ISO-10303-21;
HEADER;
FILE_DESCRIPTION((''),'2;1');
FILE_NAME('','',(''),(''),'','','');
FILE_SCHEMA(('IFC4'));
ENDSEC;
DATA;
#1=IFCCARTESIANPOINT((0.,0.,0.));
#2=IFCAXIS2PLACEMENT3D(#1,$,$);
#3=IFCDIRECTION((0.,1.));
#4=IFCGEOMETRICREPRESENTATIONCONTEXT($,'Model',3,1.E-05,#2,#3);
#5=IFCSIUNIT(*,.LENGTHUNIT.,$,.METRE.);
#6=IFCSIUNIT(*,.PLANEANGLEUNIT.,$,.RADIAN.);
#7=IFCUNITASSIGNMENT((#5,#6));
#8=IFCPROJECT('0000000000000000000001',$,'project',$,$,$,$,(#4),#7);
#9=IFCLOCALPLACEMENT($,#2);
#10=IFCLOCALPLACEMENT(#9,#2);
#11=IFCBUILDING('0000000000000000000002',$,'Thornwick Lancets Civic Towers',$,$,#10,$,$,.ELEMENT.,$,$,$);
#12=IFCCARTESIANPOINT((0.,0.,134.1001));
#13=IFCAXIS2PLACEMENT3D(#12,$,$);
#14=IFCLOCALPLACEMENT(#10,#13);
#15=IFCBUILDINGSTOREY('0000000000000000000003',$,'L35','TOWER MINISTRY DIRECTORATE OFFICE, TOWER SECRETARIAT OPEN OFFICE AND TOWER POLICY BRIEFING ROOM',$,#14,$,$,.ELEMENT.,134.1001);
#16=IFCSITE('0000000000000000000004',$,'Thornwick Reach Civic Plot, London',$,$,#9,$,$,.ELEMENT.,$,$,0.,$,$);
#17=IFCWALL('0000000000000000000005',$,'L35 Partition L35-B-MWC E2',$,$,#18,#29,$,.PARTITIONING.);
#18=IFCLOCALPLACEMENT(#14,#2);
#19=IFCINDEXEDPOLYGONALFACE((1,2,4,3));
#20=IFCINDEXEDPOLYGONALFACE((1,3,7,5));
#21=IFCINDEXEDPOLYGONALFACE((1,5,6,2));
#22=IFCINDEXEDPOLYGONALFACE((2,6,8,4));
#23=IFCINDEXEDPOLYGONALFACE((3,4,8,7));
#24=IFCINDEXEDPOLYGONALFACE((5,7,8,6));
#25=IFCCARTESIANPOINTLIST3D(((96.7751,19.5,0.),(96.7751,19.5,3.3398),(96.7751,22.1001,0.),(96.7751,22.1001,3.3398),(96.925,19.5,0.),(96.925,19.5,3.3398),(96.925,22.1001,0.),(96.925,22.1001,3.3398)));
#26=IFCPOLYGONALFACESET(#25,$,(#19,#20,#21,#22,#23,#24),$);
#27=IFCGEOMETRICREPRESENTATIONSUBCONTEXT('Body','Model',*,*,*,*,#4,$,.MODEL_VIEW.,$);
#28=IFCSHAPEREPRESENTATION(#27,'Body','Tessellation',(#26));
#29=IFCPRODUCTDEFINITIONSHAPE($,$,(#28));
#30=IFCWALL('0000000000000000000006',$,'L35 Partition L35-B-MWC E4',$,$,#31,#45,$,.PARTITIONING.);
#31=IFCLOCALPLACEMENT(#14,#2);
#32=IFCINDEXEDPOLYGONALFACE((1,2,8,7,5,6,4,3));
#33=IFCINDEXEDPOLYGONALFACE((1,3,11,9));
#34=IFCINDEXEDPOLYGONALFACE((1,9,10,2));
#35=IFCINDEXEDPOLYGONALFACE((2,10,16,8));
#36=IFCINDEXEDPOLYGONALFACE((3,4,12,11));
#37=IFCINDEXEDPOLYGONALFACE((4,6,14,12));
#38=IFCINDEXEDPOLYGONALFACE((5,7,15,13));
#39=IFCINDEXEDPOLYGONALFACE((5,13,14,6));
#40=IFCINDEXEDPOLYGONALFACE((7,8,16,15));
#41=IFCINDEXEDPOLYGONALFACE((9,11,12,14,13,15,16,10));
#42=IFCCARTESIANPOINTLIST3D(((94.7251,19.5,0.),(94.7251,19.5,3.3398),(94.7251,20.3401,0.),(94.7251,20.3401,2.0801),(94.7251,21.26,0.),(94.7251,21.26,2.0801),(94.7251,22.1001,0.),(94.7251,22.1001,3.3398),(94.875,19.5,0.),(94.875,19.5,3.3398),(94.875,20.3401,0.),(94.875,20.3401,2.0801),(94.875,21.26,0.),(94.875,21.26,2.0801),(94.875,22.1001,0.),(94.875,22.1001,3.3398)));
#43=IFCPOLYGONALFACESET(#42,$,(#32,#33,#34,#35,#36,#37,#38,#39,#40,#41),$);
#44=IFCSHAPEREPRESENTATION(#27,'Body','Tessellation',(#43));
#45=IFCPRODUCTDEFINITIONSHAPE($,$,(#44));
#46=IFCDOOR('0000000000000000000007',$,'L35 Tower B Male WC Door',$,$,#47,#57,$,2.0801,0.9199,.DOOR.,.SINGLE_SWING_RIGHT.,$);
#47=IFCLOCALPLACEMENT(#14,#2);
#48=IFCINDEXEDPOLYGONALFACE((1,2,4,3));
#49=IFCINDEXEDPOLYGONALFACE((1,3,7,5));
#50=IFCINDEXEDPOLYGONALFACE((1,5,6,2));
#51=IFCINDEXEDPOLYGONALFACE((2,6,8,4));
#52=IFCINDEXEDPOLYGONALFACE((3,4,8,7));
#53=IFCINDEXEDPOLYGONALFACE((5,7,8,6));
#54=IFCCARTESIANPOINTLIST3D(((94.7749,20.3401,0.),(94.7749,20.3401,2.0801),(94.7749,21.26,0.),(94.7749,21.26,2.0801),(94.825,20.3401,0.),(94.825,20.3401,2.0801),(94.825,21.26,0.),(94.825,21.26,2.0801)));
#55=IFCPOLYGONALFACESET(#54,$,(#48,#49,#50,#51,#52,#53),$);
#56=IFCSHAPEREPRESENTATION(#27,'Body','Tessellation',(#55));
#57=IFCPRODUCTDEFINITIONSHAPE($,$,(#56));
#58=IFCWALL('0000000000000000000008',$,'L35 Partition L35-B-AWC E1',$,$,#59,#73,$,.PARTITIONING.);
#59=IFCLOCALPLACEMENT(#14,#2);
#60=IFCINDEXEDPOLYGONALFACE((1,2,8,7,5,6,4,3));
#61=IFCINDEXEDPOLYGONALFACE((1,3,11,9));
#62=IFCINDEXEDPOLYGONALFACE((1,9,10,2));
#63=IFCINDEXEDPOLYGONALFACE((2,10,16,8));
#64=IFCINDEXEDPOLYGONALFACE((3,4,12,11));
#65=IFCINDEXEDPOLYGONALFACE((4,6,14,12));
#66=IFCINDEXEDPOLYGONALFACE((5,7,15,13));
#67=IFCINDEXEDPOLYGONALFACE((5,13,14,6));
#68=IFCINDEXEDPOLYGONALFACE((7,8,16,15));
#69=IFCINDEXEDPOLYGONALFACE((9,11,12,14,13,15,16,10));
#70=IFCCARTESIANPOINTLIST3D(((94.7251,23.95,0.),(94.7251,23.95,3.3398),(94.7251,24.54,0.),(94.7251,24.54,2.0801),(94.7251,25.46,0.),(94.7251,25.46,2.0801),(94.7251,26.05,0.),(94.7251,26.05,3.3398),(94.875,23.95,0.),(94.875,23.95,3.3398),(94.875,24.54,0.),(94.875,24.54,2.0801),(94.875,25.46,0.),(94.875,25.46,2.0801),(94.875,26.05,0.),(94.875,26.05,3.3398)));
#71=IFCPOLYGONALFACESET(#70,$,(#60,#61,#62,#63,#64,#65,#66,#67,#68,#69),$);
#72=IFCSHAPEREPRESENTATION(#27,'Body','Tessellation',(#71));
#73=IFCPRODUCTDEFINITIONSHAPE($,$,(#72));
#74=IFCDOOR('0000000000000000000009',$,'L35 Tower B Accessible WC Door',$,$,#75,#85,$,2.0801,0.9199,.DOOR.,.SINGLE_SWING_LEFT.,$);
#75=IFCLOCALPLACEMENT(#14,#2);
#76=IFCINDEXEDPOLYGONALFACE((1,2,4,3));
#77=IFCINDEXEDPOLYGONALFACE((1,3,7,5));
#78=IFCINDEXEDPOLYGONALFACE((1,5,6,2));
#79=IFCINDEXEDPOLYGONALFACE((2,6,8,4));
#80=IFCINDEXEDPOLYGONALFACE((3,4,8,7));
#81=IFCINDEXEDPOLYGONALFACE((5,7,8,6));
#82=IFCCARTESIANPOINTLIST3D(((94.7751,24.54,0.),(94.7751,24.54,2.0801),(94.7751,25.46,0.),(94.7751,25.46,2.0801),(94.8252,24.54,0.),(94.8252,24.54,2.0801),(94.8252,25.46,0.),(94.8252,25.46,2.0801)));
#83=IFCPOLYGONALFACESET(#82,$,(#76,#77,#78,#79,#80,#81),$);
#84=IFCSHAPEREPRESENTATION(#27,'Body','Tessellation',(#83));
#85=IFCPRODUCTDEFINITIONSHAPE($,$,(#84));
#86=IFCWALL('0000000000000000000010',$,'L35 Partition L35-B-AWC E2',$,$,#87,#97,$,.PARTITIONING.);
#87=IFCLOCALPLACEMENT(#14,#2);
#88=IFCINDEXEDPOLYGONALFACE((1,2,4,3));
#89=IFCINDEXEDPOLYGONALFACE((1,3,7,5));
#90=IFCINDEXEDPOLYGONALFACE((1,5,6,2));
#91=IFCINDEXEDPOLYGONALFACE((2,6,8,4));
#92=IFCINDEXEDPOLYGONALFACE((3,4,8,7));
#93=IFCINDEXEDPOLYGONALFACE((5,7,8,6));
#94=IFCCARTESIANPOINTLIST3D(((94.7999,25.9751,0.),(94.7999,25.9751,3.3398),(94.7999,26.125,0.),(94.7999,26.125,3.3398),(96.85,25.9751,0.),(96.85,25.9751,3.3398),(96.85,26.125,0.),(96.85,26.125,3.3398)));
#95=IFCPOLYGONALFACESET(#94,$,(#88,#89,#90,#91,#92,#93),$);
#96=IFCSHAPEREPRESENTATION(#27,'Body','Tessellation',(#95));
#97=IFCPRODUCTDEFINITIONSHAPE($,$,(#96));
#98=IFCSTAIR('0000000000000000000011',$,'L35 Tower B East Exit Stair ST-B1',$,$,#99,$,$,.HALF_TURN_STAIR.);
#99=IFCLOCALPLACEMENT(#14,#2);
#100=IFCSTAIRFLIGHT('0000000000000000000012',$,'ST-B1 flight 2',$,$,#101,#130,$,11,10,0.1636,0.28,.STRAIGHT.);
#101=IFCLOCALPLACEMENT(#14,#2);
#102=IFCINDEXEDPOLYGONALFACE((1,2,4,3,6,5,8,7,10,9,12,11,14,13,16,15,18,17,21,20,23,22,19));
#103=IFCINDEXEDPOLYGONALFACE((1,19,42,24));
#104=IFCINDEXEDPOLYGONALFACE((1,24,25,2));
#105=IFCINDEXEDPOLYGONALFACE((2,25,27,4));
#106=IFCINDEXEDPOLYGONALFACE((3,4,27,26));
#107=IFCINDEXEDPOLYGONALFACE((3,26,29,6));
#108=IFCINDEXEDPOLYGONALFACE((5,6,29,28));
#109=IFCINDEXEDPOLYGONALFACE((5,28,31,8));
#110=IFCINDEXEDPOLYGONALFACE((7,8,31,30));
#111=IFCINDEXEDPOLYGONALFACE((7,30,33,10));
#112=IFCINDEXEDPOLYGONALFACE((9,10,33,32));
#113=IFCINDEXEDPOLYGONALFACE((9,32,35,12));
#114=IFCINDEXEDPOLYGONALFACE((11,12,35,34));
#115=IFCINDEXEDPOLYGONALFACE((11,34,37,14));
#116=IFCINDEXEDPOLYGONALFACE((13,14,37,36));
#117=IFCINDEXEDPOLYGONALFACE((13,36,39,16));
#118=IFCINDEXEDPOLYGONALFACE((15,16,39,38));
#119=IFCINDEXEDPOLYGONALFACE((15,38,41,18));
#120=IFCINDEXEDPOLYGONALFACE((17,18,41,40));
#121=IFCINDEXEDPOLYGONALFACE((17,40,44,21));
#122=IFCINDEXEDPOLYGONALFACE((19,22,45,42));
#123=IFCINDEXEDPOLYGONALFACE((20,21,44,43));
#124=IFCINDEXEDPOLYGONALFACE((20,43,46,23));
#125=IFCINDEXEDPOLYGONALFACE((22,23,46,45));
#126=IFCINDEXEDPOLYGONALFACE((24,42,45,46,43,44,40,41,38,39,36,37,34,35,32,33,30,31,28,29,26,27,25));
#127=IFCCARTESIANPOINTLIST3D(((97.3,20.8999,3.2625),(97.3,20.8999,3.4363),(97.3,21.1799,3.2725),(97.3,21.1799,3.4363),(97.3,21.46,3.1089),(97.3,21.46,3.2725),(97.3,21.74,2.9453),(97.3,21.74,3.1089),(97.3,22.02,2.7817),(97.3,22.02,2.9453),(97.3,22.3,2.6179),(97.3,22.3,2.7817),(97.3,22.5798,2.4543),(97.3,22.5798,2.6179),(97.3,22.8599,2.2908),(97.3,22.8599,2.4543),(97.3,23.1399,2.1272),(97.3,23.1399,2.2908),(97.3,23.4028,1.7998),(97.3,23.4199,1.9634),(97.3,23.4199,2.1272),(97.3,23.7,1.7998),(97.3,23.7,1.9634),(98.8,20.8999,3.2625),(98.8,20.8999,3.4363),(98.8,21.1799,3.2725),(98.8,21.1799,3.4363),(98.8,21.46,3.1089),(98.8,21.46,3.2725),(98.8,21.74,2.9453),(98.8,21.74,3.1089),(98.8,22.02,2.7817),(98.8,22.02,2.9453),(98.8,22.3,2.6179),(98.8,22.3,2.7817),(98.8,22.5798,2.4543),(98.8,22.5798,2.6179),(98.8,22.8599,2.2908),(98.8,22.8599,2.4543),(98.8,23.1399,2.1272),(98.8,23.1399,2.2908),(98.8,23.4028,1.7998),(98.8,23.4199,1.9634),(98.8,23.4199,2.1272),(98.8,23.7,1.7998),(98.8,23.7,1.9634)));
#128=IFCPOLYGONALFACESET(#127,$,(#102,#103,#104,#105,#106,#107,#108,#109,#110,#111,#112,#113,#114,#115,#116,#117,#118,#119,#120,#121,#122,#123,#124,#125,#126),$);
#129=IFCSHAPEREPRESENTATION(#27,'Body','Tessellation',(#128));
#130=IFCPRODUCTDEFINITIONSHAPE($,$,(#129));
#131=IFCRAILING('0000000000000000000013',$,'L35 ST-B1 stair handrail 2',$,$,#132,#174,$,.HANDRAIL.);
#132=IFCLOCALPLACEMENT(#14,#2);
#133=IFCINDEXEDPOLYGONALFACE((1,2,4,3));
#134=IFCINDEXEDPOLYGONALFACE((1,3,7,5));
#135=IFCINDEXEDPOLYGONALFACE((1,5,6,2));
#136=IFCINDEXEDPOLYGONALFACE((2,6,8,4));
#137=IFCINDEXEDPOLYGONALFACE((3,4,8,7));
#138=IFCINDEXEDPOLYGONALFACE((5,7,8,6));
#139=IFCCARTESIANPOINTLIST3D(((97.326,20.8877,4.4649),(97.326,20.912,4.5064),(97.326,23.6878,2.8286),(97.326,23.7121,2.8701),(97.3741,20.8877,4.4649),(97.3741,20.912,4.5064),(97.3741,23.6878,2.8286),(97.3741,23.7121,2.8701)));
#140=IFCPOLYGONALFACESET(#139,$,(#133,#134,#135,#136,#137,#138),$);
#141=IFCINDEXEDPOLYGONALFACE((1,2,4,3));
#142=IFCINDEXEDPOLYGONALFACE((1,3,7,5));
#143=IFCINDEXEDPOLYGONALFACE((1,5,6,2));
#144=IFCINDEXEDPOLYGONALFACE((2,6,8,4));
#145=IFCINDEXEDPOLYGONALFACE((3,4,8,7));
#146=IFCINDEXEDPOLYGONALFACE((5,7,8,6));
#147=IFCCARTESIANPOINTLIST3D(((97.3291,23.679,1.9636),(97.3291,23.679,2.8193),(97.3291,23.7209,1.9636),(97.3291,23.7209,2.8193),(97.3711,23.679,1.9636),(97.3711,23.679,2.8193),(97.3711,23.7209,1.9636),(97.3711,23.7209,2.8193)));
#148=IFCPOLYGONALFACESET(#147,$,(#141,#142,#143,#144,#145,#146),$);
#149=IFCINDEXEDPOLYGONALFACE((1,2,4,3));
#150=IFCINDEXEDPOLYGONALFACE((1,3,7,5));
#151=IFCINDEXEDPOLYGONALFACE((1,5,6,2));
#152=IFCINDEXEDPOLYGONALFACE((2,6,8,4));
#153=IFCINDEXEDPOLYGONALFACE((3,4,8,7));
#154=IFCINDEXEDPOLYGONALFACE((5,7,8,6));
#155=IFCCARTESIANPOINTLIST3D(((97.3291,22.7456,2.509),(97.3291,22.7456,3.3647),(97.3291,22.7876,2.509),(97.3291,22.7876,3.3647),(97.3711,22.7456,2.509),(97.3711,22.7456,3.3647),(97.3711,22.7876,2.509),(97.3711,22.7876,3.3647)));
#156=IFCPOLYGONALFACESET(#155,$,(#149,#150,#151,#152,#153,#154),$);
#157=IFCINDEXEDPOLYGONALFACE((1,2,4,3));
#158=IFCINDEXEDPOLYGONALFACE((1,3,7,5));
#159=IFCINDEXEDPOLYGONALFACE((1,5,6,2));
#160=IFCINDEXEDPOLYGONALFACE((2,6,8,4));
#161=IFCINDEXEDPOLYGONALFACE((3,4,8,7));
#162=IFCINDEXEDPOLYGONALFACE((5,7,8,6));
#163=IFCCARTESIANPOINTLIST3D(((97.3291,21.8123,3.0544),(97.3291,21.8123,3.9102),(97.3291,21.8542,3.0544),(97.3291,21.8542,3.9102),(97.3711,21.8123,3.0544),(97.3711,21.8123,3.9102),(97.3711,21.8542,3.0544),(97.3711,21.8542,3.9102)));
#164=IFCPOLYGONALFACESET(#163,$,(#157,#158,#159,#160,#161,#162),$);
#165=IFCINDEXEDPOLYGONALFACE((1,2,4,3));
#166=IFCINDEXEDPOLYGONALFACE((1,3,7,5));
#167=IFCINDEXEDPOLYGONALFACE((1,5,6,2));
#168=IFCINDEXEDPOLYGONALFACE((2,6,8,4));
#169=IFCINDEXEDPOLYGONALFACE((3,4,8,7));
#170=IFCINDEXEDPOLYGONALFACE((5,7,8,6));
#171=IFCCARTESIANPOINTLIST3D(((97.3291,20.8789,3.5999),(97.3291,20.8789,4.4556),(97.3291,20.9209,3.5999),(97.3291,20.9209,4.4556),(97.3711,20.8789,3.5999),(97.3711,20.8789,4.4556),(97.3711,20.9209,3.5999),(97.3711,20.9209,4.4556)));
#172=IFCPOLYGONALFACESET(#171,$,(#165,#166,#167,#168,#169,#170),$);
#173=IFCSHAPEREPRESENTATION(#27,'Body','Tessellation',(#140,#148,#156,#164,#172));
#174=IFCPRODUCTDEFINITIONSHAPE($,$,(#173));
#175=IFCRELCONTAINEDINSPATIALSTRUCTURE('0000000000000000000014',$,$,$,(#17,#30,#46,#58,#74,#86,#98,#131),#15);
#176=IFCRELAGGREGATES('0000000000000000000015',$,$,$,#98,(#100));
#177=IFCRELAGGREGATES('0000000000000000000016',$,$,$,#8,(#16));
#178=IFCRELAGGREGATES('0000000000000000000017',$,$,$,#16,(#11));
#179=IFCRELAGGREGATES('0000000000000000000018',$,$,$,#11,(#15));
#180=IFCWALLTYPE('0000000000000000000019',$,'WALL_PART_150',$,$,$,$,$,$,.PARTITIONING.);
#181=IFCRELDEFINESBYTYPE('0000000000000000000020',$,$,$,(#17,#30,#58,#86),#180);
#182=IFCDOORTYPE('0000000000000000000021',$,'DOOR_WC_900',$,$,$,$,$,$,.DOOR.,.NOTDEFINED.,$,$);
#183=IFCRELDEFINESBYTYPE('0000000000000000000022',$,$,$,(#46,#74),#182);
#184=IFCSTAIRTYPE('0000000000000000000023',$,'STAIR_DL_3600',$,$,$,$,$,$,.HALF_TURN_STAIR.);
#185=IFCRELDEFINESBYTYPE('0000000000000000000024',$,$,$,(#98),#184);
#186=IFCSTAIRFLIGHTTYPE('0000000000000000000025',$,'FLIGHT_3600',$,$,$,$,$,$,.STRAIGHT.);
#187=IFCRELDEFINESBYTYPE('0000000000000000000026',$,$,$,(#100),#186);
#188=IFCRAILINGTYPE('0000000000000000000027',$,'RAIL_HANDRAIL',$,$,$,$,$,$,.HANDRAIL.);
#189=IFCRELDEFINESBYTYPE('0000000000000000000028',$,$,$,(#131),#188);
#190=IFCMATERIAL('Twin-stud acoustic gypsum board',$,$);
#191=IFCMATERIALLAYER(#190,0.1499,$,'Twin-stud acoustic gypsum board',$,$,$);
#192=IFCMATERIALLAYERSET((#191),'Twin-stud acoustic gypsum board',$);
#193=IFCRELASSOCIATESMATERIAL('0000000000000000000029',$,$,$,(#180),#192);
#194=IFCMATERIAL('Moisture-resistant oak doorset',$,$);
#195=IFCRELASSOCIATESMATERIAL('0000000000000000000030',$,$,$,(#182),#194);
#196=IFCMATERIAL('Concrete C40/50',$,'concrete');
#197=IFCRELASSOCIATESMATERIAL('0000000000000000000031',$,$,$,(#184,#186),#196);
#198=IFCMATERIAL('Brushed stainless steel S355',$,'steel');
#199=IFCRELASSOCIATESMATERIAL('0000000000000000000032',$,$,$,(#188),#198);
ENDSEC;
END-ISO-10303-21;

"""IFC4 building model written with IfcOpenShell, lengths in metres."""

from ifc_helpers import new_model, si_unit, direction, frame, frame_2d, origin, origin_2d, place, context, subcontext, project, spatial, polyline, rectangle, outline, extrude, material, layer, layer_set, type_object, element, fill, aggregate, save


model = new_model("IFC4")

# Units and contexts
model_context = context("Model", 3, precision=1e-05, world=origin(), true_north=direction((0.0, 1.0)))
body_context = subcontext(model_context, "Body", "Model", "MODEL_VIEW")
ifc_project = project(units=[si_unit("LENGTHUNIT", "METRE"), si_unit("PLANEANGLEUNIT", "RADIAN")], contexts=[model_context])

# Site, building, storey
site_placement = place(None, origin())
site = spatial("IfcSite", under=ifc_project, at=site_placement, Name="Thornwick Reach Civic Plot, London", CompositionType="ELEMENT", RefElevation=0.0)
building_placement = place(site_placement, origin())
building = spatial("IfcBuilding", under=site, at=building_placement, Name="Thornwick Lancets Civic Towers", CompositionType="ELEMENT")
storey_placement = place(building_placement, frame((0.0, 0.0, 134.1001)))
storey = spatial("IfcBuildingStorey", under=building, at=storey_placement, Name="L35", Description="TOWER MINISTRY DIRECTORATE OFFICE, TOWER SECRETARIAT OPEN OFFICE AND TOWER POLICY BRIEFING ROOM", CompositionType="ELEMENT", Elevation=134.1001)

# Wall
ifc_material_1 = material(Name="Twin-stud acoustic gypsum board")
ifc_layer_1 = layer(ifc_material_1, 0.1499, Name="Twin-stud acoustic gypsum board")
ifc_layer_set_1 = layer_set([ifc_layer_1], Name="Twin-stud acoustic gypsum board")
wall_type_1 = type_object("IfcWallType", Name="WALL_PART_150", PredefinedType="PARTITIONING", material=ifc_layer_set_1)
wall_1_placement = place(storey_placement, frame((96.8501, 19.5, 0.0), z_axis=(0.0, 0.0, 1.0), x_axis=(0.0, 1.0, 0.0)))
element("IfcWall", 1, at=wall_1_placement, inside=storey, type_object=wall_type_1, Name="L35 Partition L35-B-MWC E2", PredefinedType="PARTITIONING", context=body_context, shape_type="SweptSolid", body=[
    extrude(rectangle(XDim=2.6001, YDim=0.1499, at=frame_2d((1.3, 0.0))), origin(), (0.0, 0.0, 1.0), 3.3398),
])

# Walls, openings, doors
wall_2_placement = place(storey_placement, frame((94.8, 22.1001, 0.0), z_axis=(0.0, 0.0, 1.0), x_axis=(0.0, -1.0, 0.0)))
wall_2 = element("IfcWall", 2, at=wall_2_placement, inside=storey, type_object=wall_type_1, Name="L35 Partition L35-B-MWC E4", PredefinedType="PARTITIONING", context=body_context, shape_type="SweptSolid", body=[
    extrude(rectangle(XDim=2.6001, YDim=0.1499, at=frame_2d((1.3, 0.0))), origin(), (0.0, 0.0, 1.0), 3.3398),
])
opening_1_placement = place(wall_2_placement, frame((0.8401, 0.0, 0.0)))
opening_1 = element("IfcOpeningElement", 3, at=opening_1_placement, cuts=wall_2, PredefinedType="OPENING", context=body_context, shape_type="SweptSolid", body=[
    extrude(rectangle(XDim=0.9199, YDim=2.0801, at=frame_2d((0.46, 1.04))), frame((0.0, 0.085, 0.0), z_axis=(0.0, -1.0, 0.0), x_axis=(1.0, 0.0, 0.0)), (0.0, 0.0, 1.0), 0.1699),
])
ifc_material_2 = material(Name="Moisture-resistant oak doorset")
door_type_1 = type_object("IfcDoorType", Name="DOOR_WC_900", OperationType="NOTDEFINED", PredefinedType="DOOR", material=ifc_material_2)
door_1_placement = place(opening_1_placement, origin())
door_1 = element("IfcDoor", 4, at=door_1_placement, inside=storey, type_object=door_type_1, Name="L35 Tower B Male WC Door", OperationType="SINGLE_SWING_RIGHT", OverallHeight=2.0801, OverallWidth=0.9199, PredefinedType="DOOR", context=body_context, shape_type="SweptSolid", body=[
    extrude(rectangle(XDim=0.9199, YDim=2.0801, at=frame_2d((0.46, 1.04))), frame((0.0, 0.0249, 0.0), z_axis=(0.0, -1.0, 0.0), x_axis=(1.0, 0.0, 0.0)), (0.0, 0.0, 1.0), 0.05),
])
fill(opening_1, door_1)
wall_3_placement = place(storey_placement, frame((94.8, 23.95, 0.0), z_axis=(0.0, 0.0, 1.0), x_axis=(0.0, 1.0, 0.0)))
wall_3 = element("IfcWall", 5, at=wall_3_placement, inside=storey, type_object=wall_type_1, Name="L35 Partition L35-B-AWC E1", PredefinedType="PARTITIONING", context=body_context, shape_type="SweptSolid", body=[
    extrude(rectangle(XDim=2.1001, YDim=0.1499, at=frame_2d((1.05, 0.0))), origin(), (0.0, 0.0, 1.0), 3.3398),
])
opening_2_placement = place(wall_3_placement, frame((0.5901, 0.0, 0.0)))
opening_2 = element("IfcOpeningElement", 6, at=opening_2_placement, cuts=wall_3, PredefinedType="OPENING", context=body_context, shape_type="SweptSolid", body=[
    extrude(rectangle(XDim=0.9199, YDim=2.0801, at=frame_2d((0.46, 1.04))), frame((0.0, 0.085, 0.0), z_axis=(0.0, -1.0, 0.0), x_axis=(1.0, 0.0, 0.0)), (0.0, 0.0, 1.0), 0.1699),
])
door_2_placement = place(opening_2_placement, origin())
door_2 = element("IfcDoor", 7, at=door_2_placement, inside=storey, type_object=door_type_1, Name="L35 Tower B Accessible WC Door", OperationType="SINGLE_SWING_LEFT", OverallHeight=2.0801, OverallWidth=0.9199, PredefinedType="DOOR", context=body_context, shape_type="SweptSolid", body=[
    extrude(rectangle(XDim=0.9199, YDim=2.0801, at=frame_2d((0.46, 1.04))), frame((0.0, 0.0249, 0.0), z_axis=(0.0, -1.0, 0.0), x_axis=(1.0, 0.0, 0.0)), (0.0, 0.0, 1.0), 0.05),
])
fill(opening_2, door_2)

# Wall
wall_4_placement = place(storey_placement, frame((94.8, 26.05, 0.0), z_axis=(0.0, 0.0, 1.0), x_axis=(1.0, 0.0, 0.0)))
element("IfcWall", 8, at=wall_4_placement, inside=storey, type_object=wall_type_1, Name="L35 Partition L35-B-AWC E2", PredefinedType="PARTITIONING", context=body_context, shape_type="SweptSolid", body=[
    extrude(rectangle(XDim=2.05, YDim=0.1499, at=frame_2d((1.0249, 0.0))), origin(), (0.0, 0.0, 1.0), 3.3398),
])

# Stair, stair flight
ifc_material_3 = material(Name="Concrete C40/50", Category="concrete")
stair_type = type_object("IfcStairType", Name="STAIR_DL_3600", PredefinedType="HALF_TURN_STAIR", material=ifc_material_3)
stair_placement = place(storey_placement, origin())
stair = element("IfcStair", 9, at=stair_placement, inside=storey, type_object=stair_type, Name="L35 Tower B East Exit Stair ST-B1", PredefinedType="HALF_TURN_STAIR")
stair_flight_type = type_object("IfcStairFlightType", Name="FLIGHT_3600", PredefinedType="STRAIGHT", material=ifc_material_3)
stair_flight_placement = place(storey_placement, frame((98.05, 23.7, 1.7998), z_axis=(0.0, 0.0, 1.0), x_axis=(0.0, -1.0, 0.0)))
stair_flight = element("IfcStairFlight", 10, at=stair_flight_placement, type_object=stair_flight_type, Name="ST-B1 flight 2", NumberOfRisers=11, NumberOfTreads=10, PredefinedType="STRAIGHT", RiserHeight=0.1636, TreadLength=0.28, context=body_context, shape_type="SweptSolid", body=[
    extrude(outline(polyline([(0.0, 0.0), (0.0, 0.1636), (0.28, 0.1636), (0.28, 0.3274), (0.5601, 0.3274), (0.5601, 0.491), (0.8401, 0.491), (0.8401, 0.6545), (1.1201, 0.6545), (1.1201, 0.8181), (1.3999, 0.8181), (1.3999, 0.9819), (1.6799, 0.9819), (1.6799, 1.1455), (1.96, 1.1455), (1.96, 1.3091), (2.24, 1.3091), (2.24, 1.4727), (2.52, 1.4727), (2.52, 1.6365), (2.8, 1.6365), (2.8, 1.8), (2.8, 1.4626), (0.2971, 0.0), (0.0, 0.0)])), frame((0.0, 0.75, 0.0), z_axis=(0.0, -1.0, 0.0), x_axis=(1.0, 0.0, 0.0)), (0.0, 0.0, 1.0), 1.5),
])
aggregate(stair, [stair_flight])

# Railing
ifc_material_4 = material(Name="Brushed stainless steel S355", Category="steel")
railing_type_1 = type_object("IfcRailingType", Name="RAIL_HANDRAIL", PredefinedType="HANDRAIL", material=ifc_material_4)
railing_1_placement = place(storey_placement, frame((97.3501, 23.7, 1.9636)))
element("IfcRailing", 11, at=railing_1_placement, inside=storey, type_object=railing_type_1, Name="L35 ST-B1 stair handrail 2", PredefinedType="HANDRAIL", context=body_context, shape_type="SweptSolid", body=[
    extrude(rectangle(XDim=0.0481, YDim=0.0481, at=origin_2d()), frame((0.0, 0.0, 0.8857), z_axis=(0.0, -0.863394, 0.504531), x_axis=(1.0, 0.0, 0.0)), (0.0, 0.0, 1.0), 3.2432),
    extrude(rectangle(XDim=0.042, YDim=0.042, at=origin_2d()), origin(), (0.0, 0.0, 1.0), 0.8557),
    extrude(rectangle(XDim=0.042, YDim=0.042, at=origin_2d()), frame((0.0, -0.9333, 0.5454)), (0.0, 0.0, 1.0), 0.8557),
    extrude(rectangle(XDim=0.042, YDim=0.042, at=origin_2d()), frame((0.0, -1.8667, 1.0908)), (0.0, 0.0, 1.0), 0.8557),
    extrude(rectangle(XDim=0.042, YDim=0.042, at=origin_2d()), frame((0.0, -2.8, 1.6362)), (0.0, 0.0, 1.0), 0.8557),
])

save(model, "model.ifc")
